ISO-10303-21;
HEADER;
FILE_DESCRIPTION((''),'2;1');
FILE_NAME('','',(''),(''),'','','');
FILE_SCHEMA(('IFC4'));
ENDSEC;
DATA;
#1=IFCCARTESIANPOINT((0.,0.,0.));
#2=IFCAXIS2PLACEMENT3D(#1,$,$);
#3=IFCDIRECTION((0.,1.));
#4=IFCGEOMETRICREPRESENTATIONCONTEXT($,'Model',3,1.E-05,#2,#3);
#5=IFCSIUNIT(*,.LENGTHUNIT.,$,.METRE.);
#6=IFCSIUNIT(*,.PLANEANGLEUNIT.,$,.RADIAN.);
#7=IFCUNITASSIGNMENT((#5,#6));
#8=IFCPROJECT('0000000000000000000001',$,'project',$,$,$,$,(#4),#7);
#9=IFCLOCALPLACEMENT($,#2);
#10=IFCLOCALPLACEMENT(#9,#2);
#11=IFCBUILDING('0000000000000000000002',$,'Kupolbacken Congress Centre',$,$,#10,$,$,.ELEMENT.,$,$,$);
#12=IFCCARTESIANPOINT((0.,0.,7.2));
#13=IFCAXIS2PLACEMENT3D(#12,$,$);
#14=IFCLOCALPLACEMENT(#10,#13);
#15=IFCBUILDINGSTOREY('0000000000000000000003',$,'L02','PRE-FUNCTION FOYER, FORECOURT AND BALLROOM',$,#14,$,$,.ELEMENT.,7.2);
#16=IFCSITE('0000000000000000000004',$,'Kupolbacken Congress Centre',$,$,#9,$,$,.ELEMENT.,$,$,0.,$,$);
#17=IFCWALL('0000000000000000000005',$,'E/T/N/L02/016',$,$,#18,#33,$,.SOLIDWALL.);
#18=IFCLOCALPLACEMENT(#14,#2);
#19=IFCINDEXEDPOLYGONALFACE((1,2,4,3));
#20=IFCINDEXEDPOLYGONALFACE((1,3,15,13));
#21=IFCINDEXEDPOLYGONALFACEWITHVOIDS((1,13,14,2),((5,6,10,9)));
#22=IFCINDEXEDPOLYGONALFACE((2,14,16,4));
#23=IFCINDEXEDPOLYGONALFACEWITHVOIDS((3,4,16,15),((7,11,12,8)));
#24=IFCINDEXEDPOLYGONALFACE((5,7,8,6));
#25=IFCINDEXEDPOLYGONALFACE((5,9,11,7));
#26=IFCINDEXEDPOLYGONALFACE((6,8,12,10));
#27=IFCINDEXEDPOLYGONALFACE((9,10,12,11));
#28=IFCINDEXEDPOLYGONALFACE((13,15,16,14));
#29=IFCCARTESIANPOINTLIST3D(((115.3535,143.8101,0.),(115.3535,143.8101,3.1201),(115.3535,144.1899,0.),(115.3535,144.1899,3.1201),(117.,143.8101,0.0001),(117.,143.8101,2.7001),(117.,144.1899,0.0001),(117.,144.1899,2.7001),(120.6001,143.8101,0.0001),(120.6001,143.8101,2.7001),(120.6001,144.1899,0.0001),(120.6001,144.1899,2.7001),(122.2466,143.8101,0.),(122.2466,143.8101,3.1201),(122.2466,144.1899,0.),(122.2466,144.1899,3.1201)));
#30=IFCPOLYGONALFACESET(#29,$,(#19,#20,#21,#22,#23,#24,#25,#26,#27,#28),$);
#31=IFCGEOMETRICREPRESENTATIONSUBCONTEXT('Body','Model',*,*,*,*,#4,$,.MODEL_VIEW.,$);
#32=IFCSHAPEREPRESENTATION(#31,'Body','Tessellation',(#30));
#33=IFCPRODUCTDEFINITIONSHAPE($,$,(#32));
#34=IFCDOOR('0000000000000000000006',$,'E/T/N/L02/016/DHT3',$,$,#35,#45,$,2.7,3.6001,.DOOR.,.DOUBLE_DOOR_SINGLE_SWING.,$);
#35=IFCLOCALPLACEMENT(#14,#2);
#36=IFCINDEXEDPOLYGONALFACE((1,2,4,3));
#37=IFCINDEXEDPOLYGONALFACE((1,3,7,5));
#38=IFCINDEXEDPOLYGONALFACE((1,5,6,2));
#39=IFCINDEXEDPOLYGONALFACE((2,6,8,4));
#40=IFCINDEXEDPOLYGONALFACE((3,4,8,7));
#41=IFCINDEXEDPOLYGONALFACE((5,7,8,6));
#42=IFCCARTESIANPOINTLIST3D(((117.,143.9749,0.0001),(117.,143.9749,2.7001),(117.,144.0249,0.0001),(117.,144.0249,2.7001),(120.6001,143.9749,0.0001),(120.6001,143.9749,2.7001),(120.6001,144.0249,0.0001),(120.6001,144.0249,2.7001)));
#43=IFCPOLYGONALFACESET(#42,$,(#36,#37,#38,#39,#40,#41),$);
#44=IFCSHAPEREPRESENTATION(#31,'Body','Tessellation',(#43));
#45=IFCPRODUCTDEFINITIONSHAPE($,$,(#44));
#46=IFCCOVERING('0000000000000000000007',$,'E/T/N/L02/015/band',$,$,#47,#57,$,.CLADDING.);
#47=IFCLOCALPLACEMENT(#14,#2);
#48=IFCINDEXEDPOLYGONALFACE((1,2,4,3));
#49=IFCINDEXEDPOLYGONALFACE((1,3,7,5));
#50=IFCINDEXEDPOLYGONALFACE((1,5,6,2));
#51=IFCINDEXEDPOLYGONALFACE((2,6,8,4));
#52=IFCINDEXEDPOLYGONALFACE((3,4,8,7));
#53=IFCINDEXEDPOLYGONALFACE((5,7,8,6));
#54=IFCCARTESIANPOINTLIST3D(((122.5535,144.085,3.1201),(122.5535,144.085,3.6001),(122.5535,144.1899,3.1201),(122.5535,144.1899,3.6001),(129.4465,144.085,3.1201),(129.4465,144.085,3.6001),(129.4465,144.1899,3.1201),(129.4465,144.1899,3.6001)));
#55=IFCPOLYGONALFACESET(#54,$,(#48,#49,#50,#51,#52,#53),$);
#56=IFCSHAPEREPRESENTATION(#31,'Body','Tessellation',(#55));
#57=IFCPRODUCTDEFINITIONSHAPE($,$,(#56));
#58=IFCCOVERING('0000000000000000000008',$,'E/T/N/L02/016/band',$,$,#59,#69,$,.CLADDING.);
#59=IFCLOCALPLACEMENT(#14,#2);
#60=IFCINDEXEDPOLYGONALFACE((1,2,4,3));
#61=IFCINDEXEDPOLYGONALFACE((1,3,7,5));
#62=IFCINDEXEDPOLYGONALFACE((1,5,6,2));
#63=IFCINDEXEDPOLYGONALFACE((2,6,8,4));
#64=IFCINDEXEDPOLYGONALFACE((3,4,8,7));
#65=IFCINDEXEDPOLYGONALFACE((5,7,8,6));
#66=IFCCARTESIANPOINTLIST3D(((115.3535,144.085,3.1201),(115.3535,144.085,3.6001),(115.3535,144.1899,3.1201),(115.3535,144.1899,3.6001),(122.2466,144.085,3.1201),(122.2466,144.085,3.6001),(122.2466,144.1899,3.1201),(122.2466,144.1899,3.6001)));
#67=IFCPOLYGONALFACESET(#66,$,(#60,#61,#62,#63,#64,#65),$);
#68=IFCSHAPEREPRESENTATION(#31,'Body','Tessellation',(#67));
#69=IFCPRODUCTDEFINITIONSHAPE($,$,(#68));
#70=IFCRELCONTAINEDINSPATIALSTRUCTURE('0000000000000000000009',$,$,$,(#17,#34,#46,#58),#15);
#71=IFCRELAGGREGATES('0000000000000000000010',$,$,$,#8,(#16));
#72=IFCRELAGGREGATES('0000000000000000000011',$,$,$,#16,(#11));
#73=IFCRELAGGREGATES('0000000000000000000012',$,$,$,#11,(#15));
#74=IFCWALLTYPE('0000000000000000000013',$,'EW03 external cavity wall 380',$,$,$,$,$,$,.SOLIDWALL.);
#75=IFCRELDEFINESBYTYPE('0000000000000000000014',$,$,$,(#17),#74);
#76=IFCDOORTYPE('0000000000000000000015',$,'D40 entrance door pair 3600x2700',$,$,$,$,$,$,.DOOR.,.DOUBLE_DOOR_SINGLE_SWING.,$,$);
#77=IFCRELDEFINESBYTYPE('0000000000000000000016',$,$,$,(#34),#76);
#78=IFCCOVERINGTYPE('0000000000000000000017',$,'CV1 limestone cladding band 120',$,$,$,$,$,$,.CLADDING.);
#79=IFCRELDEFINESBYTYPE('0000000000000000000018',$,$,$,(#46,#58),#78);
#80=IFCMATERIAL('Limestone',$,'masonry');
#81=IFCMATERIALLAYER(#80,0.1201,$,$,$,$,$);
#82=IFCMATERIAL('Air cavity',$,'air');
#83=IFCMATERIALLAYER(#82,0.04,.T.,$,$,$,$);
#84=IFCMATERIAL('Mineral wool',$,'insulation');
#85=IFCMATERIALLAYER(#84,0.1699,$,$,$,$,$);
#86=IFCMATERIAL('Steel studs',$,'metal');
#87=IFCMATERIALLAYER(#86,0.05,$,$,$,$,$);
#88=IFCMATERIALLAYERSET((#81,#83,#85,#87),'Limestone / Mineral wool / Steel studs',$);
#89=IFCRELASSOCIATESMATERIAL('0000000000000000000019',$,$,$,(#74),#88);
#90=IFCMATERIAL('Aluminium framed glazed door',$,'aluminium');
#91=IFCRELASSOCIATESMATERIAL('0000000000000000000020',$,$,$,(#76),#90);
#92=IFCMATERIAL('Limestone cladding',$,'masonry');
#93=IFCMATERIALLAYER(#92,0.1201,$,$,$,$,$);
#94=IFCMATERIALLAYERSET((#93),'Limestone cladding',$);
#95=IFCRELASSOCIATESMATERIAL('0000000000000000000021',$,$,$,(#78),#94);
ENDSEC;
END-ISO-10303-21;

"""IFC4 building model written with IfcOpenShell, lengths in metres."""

from ifc_helpers import new_model, si_unit, direction, frame, frame_2d, origin, origin_2d, place, context, subcontext, project, spatial, rectangle, extrude, material, layer, layer_set, type_object, element, fill, save


model = new_model("IFC4")

# Units and contexts
model_context = context("Model", 3, precision=1e-05, world=origin(), true_north=direction((0.0, 1.0)))
body_context = subcontext(model_context, "Body", "Model", "MODEL_VIEW")
ifc_project = project(units=[si_unit("LENGTHUNIT", "METRE"), si_unit("PLANEANGLEUNIT", "RADIAN")], contexts=[model_context])

# Site, building, storey
site_placement = place(None, origin())
site = spatial("IfcSite", under=ifc_project, at=site_placement, Name="Kupolbacken Congress Centre", CompositionType="ELEMENT", RefElevation=0.0)
building_placement = place(site_placement, origin())
building = spatial("IfcBuilding", under=site, at=building_placement, Name="Kupolbacken Congress Centre", CompositionType="ELEMENT")
storey_placement = place(building_placement, frame((0.0, 0.0, 7.2)))
storey = spatial("IfcBuildingStorey", under=building, at=storey_placement, Name="L02", Description="PRE-FUNCTION FOYER, FORECOURT AND BALLROOM", CompositionType="ELEMENT", Elevation=7.2)

# Wall, opening, door
ifc_material_1 = material(Name="Limestone", Category="masonry")
ifc_layer_1 = layer(ifc_material_1, 0.1201)
ifc_material_2 = material(Name="Air cavity", Category="air")
ifc_layer_2 = layer(ifc_material_2, 0.04, ventilated=True)
ifc_material_3 = material(Name="Mineral wool", Category="insulation")
ifc_layer_3 = layer(ifc_material_3, 0.1699)
ifc_material_4 = material(Name="Steel studs", Category="metal")
ifc_layer_4 = layer(ifc_material_4, 0.05)
ifc_layer_set_1 = layer_set([ifc_layer_1, ifc_layer_2, ifc_layer_3, ifc_layer_4], Name="Limestone / Mineral wool / Steel studs")
wall_type = type_object("IfcWallType", Name="EW03 external cavity wall 380", PredefinedType="SOLIDWALL", material=ifc_layer_set_1)
wall_1_placement = place(storey_placement, frame((122.2466, 144.0, 0.0), z_axis=(0.0, 0.0, 1.0), x_axis=(-1.0, 0.0, 0.0)))
wall_1 = element("IfcWall", 1, at=wall_1_placement, inside=storey, type_object=wall_type, Name="E/T/N/L02/016", PredefinedType="SOLIDWALL", context=body_context, shape_type="SweptSolid", body=[
    extrude(rectangle(XDim=6.8931, YDim=0.3799, at=frame_2d((3.4465, 0.0))), origin(), (0.0, 0.0, 1.0), 3.1201),
])
opening_1_placement = place(wall_1_placement, frame((1.6465, 0.0, 0.0)))
opening_1 = element("IfcOpeningElement", 2, at=opening_1_placement, cuts=wall_1, PredefinedType="OPENING", context=body_context, shape_type="SweptSolid", body=[
    extrude(rectangle(XDim=3.6001, YDim=2.7, at=frame_2d((1.8, 1.3501))), frame((0.0, 0.2, 0.0), z_axis=(0.0, -1.0, 0.0), x_axis=(1.0, 0.0, 0.0)), (0.0, 0.0, 1.0), 0.3999),
])
ifc_material_5 = material(Name="Aluminium framed glazed door", Category="aluminium")
door_type_1 = type_object("IfcDoorType", Name="D40 entrance door pair 3600x2700", OperationType="DOUBLE_DOOR_SINGLE_SWING", PredefinedType="DOOR", material=ifc_material_5)
door_1_placement = place(opening_1_placement, frame((3.6001, 0.0, 0.0), z_axis=(0.0, 0.0, 1.0), x_axis=(-1.0, 0.0, 0.0)))
door_1 = element("IfcDoor", 3, at=door_1_placement, inside=storey, type_object=door_type_1, Name="E/T/N/L02/016/DHT3", OperationType="DOUBLE_DOOR_SINGLE_SWING", OverallHeight=2.7, OverallWidth=3.6001, PredefinedType="DOOR", context=body_context, shape_type="SweptSolid", body=[
    extrude(rectangle(XDim=3.6001, YDim=2.7, at=frame_2d((1.8, 1.3501))), frame((0.0, 0.0249, 0.0), z_axis=(0.0, -1.0, 0.0), x_axis=(1.0, 0.0, 0.0)), (0.0, 0.0, 1.0), 0.05),
])
fill(opening_1, door_1)

# Coverings
ifc_material_6 = material(Name="Limestone cladding", Category="masonry")
ifc_layer_5 = layer(ifc_material_6, 0.1201)
ifc_layer_set_2 = layer_set([ifc_layer_5], Name="Limestone cladding")
covering_type = type_object("IfcCoveringType", Name="CV1 limestone cladding band 120", PredefinedType="CLADDING", material=ifc_layer_set_2)
for number, where, z_axis, x_axis, name in (
    (4, (126.0, 144.1375, 3.1201), (0.0, 0.0, 1.0), (-1.0, 0.0, 0.0), "E/T/N/L02/015/band"),
    (5, (118.8, 144.1375, 3.1201), (0.0, 0.0, 1.0), (-1.0, 0.0, 0.0), "E/T/N/L02/016/band"),
):
    element("IfcCovering", number, at=place(storey_placement, frame(where, z_axis=z_axis, x_axis=x_axis)), inside=storey, type_object=covering_type, Name=name, PredefinedType="CLADDING", context=body_context, shape_type="SweptSolid", body=[
        extrude(rectangle(XDim=6.8931, YDim=0.105, at=origin_2d()), origin(), (0.0, 0.0, 1.0), 0.48),
    ])

save(model, "model.ifc")
